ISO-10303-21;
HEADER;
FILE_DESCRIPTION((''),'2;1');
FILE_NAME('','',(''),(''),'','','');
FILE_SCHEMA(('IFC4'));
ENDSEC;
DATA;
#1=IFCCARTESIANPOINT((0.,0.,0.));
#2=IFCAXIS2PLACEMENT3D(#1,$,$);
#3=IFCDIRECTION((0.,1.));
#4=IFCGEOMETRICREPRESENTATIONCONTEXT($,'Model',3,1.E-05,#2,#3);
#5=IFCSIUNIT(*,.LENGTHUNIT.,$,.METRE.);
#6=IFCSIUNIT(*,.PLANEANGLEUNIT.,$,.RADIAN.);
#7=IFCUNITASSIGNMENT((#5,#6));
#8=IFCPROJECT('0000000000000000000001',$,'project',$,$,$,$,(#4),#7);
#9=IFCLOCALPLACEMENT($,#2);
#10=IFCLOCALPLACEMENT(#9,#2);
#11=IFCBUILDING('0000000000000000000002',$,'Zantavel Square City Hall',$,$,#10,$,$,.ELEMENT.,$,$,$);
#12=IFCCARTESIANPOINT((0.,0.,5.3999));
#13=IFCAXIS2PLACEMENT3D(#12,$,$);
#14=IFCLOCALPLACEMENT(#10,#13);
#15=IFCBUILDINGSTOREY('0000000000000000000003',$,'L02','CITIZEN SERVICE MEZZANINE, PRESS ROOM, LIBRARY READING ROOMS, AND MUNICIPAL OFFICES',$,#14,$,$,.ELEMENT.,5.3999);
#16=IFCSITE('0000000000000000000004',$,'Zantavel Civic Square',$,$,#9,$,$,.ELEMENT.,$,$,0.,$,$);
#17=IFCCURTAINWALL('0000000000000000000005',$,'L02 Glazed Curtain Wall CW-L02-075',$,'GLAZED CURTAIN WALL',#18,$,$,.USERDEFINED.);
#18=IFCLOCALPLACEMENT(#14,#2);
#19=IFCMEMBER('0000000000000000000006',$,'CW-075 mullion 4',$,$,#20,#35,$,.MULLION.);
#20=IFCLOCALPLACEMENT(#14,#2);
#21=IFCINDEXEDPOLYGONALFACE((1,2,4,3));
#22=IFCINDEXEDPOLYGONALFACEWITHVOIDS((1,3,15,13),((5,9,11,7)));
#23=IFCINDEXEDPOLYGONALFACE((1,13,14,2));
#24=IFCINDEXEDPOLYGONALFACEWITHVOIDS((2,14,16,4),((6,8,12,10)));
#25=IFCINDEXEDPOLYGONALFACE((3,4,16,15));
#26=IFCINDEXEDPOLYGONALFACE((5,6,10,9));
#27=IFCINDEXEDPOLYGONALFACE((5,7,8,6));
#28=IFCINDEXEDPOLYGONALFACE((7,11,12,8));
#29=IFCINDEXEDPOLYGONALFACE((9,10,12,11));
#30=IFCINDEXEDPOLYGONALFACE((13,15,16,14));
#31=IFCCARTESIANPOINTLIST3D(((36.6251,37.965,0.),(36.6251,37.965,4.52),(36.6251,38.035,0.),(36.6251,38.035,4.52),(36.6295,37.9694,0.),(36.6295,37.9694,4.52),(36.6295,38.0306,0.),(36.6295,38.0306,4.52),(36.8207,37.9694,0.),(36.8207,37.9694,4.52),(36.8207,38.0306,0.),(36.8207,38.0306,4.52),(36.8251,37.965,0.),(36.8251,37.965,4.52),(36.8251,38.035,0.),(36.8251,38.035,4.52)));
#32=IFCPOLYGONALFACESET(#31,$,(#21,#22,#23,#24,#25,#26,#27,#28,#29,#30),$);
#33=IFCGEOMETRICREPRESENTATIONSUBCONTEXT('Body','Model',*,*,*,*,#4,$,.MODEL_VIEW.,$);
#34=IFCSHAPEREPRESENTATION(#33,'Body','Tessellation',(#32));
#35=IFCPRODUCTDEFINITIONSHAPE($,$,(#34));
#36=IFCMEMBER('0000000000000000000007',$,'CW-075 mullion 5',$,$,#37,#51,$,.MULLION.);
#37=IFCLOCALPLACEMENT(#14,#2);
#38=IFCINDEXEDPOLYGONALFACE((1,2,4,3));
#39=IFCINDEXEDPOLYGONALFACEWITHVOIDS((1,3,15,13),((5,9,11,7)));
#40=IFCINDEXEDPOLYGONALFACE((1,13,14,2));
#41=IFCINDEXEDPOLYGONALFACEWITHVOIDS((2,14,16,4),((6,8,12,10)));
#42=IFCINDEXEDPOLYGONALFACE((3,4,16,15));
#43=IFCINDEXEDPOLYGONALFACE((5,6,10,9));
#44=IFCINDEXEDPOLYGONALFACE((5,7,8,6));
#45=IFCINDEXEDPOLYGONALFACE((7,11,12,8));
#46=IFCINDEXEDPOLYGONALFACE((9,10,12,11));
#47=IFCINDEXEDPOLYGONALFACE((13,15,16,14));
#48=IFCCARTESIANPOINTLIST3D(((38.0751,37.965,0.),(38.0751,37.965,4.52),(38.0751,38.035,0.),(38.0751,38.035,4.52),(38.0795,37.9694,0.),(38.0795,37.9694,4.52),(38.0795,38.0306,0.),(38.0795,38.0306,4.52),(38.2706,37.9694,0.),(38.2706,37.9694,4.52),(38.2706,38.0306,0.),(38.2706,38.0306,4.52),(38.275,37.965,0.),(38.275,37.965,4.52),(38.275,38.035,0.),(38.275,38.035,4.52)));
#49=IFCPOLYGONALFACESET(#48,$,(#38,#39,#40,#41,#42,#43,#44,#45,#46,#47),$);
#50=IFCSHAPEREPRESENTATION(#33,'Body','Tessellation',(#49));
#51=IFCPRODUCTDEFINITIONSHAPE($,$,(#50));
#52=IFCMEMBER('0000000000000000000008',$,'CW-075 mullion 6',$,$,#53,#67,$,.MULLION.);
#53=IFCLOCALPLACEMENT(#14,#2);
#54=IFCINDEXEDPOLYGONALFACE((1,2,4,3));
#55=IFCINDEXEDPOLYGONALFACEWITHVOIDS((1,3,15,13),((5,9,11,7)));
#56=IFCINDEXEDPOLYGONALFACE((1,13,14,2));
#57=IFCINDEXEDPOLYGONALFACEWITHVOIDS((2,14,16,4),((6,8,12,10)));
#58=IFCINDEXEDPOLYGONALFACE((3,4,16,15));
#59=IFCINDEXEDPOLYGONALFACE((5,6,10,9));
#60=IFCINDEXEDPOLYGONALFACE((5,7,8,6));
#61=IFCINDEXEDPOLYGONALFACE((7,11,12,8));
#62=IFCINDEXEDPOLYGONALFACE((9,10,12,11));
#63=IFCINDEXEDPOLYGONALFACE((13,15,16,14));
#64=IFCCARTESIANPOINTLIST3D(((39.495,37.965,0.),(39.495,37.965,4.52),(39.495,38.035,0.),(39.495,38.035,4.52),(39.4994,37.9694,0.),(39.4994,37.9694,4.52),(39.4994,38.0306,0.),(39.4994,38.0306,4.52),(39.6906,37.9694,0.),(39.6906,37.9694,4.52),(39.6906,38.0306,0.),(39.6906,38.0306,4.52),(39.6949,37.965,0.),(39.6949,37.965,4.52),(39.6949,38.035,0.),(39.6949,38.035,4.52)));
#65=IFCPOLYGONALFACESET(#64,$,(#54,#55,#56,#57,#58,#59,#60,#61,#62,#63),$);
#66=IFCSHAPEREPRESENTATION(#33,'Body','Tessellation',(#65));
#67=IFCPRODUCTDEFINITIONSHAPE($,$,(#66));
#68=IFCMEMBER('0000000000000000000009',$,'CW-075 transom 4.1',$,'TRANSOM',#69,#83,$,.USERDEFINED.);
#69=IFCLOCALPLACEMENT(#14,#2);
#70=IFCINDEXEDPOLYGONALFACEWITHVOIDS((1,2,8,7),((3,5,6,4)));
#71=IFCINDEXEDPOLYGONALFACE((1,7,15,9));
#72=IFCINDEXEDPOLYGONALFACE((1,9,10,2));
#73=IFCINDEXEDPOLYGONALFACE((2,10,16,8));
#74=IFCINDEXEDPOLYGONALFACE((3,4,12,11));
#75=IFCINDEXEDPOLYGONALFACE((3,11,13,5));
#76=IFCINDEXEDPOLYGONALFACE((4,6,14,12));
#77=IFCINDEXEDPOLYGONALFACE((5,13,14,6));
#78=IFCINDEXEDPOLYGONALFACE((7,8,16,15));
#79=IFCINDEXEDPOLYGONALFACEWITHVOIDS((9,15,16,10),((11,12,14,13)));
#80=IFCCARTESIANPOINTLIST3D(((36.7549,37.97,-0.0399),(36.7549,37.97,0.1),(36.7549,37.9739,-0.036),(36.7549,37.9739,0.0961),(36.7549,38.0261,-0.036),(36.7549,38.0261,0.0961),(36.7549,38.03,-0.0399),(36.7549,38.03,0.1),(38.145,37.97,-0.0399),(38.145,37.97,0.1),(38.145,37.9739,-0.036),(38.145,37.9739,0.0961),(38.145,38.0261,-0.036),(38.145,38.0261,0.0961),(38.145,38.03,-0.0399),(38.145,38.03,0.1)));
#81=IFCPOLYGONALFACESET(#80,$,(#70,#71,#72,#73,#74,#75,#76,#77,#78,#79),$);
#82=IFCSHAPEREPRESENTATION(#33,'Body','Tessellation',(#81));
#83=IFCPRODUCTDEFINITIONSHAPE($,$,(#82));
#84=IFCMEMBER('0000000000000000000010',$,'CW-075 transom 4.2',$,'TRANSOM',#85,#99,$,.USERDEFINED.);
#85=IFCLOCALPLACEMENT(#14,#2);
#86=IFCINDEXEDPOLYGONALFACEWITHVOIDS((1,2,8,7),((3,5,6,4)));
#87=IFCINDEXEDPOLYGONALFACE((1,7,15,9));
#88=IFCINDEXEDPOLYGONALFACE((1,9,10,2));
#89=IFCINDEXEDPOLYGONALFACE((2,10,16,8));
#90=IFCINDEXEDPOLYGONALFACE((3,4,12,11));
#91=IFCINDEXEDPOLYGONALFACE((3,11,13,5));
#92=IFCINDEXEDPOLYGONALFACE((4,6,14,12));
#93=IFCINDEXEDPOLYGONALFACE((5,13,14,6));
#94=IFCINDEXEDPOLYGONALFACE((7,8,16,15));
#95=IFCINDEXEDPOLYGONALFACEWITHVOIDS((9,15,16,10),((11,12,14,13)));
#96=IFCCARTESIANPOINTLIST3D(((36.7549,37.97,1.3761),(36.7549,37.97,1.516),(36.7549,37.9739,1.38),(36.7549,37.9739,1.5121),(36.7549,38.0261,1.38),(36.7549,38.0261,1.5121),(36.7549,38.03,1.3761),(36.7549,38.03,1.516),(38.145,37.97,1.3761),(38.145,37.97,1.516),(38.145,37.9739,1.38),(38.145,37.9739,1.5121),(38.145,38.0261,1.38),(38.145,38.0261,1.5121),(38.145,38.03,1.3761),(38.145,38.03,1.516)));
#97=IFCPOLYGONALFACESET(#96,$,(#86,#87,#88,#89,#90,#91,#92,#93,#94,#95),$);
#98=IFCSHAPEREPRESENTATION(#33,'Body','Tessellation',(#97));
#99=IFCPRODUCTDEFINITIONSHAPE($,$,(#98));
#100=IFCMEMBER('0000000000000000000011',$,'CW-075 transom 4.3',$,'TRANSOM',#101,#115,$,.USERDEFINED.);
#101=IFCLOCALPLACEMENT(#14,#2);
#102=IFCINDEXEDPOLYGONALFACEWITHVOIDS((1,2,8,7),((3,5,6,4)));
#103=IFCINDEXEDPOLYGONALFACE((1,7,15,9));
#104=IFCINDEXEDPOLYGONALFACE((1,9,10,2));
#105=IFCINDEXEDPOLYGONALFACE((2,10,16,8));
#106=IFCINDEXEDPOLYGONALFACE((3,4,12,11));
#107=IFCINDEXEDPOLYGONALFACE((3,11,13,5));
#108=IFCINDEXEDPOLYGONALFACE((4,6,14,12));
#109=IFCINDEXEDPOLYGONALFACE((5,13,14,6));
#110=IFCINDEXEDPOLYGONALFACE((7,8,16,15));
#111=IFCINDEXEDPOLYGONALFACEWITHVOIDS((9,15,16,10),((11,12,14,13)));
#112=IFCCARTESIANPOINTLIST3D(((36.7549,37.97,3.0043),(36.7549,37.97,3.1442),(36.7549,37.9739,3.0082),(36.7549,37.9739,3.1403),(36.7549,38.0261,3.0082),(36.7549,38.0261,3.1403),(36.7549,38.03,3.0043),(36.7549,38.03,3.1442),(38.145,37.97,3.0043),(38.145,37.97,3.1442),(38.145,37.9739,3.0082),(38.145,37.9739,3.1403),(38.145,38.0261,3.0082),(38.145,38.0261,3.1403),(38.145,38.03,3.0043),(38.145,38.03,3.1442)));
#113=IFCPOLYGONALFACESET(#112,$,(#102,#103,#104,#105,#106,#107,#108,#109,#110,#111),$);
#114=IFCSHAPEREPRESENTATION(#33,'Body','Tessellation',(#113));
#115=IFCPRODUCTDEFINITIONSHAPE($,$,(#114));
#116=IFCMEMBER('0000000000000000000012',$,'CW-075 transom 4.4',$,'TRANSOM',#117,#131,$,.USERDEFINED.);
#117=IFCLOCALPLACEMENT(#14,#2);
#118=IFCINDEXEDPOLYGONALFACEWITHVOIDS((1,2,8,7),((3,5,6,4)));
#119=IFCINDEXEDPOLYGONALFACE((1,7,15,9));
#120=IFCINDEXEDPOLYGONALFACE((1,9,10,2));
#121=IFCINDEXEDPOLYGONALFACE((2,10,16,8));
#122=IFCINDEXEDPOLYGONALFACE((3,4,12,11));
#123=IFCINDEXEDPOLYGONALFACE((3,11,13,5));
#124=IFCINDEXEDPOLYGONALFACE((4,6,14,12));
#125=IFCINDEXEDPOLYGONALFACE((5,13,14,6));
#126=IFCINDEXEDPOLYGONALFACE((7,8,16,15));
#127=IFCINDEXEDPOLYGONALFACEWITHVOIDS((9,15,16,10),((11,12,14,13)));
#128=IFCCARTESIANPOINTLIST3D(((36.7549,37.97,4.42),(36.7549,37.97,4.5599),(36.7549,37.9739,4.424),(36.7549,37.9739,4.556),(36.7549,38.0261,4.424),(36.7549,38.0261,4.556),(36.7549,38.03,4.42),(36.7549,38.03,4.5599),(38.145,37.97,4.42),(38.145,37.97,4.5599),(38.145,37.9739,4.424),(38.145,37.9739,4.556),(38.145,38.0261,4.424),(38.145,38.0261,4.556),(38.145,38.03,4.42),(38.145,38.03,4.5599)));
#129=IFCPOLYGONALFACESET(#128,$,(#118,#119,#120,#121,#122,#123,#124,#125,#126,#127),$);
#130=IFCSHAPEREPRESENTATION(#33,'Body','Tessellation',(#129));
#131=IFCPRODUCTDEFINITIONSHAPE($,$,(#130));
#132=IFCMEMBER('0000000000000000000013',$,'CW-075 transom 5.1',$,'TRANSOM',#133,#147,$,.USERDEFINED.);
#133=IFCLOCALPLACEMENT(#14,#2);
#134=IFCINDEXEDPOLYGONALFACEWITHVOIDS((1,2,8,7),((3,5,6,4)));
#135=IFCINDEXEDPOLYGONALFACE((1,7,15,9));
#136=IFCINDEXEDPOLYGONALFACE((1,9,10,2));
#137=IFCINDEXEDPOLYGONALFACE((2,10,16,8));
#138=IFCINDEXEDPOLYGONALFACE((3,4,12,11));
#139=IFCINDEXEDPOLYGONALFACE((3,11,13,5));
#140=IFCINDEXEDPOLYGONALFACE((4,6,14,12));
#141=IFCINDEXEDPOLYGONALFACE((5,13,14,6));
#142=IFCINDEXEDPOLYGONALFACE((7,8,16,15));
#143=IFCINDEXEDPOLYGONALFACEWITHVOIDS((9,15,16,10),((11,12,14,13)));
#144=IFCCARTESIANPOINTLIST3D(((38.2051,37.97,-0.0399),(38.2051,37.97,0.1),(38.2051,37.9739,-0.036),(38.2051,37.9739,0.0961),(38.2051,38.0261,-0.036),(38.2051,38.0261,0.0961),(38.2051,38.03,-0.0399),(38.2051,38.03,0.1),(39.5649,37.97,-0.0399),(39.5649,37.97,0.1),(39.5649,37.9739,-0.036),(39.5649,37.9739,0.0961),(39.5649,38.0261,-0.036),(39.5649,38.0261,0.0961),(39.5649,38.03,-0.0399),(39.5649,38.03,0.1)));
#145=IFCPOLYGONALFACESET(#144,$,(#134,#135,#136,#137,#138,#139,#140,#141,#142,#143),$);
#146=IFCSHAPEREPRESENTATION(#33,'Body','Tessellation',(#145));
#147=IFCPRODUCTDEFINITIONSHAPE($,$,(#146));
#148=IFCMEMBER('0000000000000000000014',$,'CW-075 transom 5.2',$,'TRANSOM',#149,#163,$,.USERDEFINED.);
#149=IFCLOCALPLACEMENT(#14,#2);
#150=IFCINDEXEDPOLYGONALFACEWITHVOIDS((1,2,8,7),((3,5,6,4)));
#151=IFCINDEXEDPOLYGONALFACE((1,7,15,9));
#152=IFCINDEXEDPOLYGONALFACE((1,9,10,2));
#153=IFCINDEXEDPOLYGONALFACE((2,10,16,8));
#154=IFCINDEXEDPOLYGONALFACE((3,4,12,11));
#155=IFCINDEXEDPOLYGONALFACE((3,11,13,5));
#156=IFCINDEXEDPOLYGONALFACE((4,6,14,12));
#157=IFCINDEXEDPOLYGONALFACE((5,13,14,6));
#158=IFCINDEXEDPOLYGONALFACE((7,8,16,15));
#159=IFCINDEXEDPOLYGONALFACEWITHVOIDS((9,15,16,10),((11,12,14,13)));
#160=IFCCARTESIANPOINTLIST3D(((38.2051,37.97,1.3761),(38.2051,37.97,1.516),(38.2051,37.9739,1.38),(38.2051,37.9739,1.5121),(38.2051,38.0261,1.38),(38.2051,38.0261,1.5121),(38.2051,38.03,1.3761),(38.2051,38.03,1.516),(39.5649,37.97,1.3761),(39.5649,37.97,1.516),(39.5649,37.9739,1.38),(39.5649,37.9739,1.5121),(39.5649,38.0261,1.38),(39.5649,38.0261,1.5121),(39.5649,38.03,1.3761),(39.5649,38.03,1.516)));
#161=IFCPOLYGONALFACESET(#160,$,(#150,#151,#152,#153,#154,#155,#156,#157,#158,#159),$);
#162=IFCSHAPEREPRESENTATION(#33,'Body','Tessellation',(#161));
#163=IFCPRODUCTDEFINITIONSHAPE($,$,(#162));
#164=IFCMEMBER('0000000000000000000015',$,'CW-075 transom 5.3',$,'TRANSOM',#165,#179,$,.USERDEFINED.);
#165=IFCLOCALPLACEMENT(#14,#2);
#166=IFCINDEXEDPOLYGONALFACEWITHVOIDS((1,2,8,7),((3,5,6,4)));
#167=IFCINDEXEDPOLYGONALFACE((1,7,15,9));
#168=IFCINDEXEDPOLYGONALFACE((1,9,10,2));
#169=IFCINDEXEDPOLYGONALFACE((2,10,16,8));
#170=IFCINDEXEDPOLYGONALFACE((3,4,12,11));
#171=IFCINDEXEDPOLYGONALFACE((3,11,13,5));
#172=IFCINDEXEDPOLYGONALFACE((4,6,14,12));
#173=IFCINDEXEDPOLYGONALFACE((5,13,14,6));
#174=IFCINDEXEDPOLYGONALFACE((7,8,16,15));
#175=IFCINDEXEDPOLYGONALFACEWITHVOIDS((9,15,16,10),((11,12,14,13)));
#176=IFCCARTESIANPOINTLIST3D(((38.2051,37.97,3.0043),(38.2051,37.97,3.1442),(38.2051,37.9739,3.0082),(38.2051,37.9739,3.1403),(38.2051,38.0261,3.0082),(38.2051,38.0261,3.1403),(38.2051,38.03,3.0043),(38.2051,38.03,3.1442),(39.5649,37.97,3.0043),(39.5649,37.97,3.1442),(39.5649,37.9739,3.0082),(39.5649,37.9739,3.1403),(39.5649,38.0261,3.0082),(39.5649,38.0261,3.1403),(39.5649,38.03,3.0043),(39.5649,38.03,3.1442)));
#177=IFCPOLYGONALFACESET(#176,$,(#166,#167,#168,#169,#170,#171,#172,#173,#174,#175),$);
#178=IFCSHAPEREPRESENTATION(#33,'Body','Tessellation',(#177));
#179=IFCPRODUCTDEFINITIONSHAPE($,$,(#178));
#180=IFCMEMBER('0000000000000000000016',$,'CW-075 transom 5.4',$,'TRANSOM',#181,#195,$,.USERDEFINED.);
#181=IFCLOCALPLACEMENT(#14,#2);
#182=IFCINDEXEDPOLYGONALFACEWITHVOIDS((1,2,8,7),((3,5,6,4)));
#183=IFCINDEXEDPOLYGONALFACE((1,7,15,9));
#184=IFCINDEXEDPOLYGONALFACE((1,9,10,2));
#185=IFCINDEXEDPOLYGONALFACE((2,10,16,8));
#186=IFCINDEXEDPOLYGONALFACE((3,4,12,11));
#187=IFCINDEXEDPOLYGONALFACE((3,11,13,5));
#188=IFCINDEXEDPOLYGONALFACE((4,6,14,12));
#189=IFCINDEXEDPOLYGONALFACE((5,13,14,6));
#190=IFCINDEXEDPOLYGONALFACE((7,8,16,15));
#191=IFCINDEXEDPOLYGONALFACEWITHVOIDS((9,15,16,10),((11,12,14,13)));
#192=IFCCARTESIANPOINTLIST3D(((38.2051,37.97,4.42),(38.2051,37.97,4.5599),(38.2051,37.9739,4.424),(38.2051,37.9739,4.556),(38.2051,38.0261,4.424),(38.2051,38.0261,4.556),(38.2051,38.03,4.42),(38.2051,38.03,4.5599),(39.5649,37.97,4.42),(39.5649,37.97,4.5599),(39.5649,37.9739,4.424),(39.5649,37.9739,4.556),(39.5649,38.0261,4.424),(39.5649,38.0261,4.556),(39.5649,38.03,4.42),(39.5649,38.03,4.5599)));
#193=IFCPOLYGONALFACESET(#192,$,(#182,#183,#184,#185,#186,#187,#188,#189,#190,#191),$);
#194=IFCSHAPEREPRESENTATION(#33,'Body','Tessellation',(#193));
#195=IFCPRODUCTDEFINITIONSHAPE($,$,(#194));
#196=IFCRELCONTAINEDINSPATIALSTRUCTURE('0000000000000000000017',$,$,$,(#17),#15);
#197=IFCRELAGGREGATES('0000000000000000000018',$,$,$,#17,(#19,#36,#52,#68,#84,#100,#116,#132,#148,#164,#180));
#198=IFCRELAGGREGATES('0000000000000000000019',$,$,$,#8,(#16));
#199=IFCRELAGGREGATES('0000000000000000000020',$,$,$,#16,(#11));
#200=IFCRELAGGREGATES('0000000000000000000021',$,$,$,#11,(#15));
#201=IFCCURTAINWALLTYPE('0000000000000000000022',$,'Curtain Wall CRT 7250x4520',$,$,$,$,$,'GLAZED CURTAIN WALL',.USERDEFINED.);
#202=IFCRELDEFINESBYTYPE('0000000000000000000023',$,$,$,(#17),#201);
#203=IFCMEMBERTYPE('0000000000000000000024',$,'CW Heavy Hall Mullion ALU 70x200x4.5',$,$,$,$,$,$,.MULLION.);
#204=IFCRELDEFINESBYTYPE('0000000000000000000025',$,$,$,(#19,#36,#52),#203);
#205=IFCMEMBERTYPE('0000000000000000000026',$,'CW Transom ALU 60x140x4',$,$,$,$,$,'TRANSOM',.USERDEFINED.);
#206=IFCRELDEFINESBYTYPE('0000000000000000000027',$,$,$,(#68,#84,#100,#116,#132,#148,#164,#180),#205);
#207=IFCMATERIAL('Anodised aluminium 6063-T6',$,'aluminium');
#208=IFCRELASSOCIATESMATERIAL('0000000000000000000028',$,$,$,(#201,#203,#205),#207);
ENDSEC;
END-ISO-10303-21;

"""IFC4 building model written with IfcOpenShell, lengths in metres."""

from ifc_helpers import new_model, si_unit, direction, frame, origin, origin_2d, place, context, subcontext, project, spatial, hollow_rectangle, extrude, material, material_profile, profile_set, type_object, element, aggregate, save


model = new_model("IFC4")

# Units and contexts
model_context = context("Model", 3, precision=1e-05, world=origin(), true_north=direction((0.0, 1.0)))
body_context = subcontext(model_context, "Body", "Model", "MODEL_VIEW")
ifc_project = project(units=[si_unit("LENGTHUNIT", "METRE"), si_unit("PLANEANGLEUNIT", "RADIAN")], contexts=[model_context])

# Site, building, storey
site_placement = place(None, origin())
site = spatial("IfcSite", under=ifc_project, at=site_placement, Name="Zantavel Civic Square", CompositionType="ELEMENT", RefElevation=0.0)
building_placement = place(site_placement, origin())
building = spatial("IfcBuilding", under=site, at=building_placement, Name="Zantavel Square City Hall", CompositionType="ELEMENT")
storey_placement = place(building_placement, frame((0.0, 0.0, 5.3999)))
storey = spatial("IfcBuildingStorey", under=building, at=storey_placement, Name="L02", Description="CITIZEN SERVICE MEZZANINE, PRESS ROOM, LIBRARY READING ROOMS, AND MUNICIPAL OFFICES", CompositionType="ELEMENT", Elevation=5.3999)

# Curtain wall, members
ifc_material_1 = material(Name="Anodised aluminium 6063-T6", Category="aluminium")
curtain_wall_type = type_object("IfcCurtainWallType", Name="Curtain Wall CRT 7250x4520", ElementType="GLAZED CURTAIN WALL", PredefinedType="USERDEFINED", material=ifc_material_1)
curtain_wall_placement = place(storey_placement, origin())
curtain_wall = element("IfcCurtainWall", 1, at=curtain_wall_placement, inside=storey, type_object=curtain_wall_type, Name="L02 Glazed Curtain Wall CW-L02-075", ObjectType="GLAZED CURTAIN WALL", PredefinedType="USERDEFINED")
ifc_material_profile_1 = material_profile(ifc_material_1, hollow_rectangle(XDim=0.0701, YDim=0.2, WallThickness=0.0044, at=origin_2d()), Name="ALU 70x200x4.5")
ifc_profile_set_1 = profile_set([ifc_material_profile_1], Name="Anodised aluminium 6063-T6")
member_type_1 = type_object("IfcMemberType", Name="CW Heavy Hall Mullion ALU 70x200x4.5", PredefinedType="MULLION", material=ifc_profile_set_1)
member_1_placement = place(storey_placement, frame((36.7251, 38.0, 0.0), z_axis=(0.0, 0.0, 1.0), x_axis=(0.0, 1.0, 0.0)))
member_1 = element("IfcMember", 2, at=member_1_placement, type_object=member_type_1, Name="CW-075 mullion 4", PredefinedType="MULLION", context=body_context, shape_type="SweptSolid", body=[
    extrude(hollow_rectangle(XDim=0.0701, YDim=0.2, WallThickness=0.0044, at=origin_2d()), origin(), (0.0, 0.0, 1.0), 4.52),
])
member_2_placement = place(storey_placement, frame((38.175, 38.0, 0.0), z_axis=(0.0, 0.0, 1.0), x_axis=(0.0, 1.0, 0.0)))
member_2 = element("IfcMember", 3, at=member_2_placement, type_object=member_type_1, Name="CW-075 mullion 5", PredefinedType="MULLION", context=body_context, shape_type="SweptSolid", body=[
    extrude(hollow_rectangle(XDim=0.0701, YDim=0.2, WallThickness=0.0044, at=origin_2d()), origin(), (0.0, 0.0, 1.0), 4.52),
])
member_3_placement = place(storey_placement, frame((39.595, 38.0, 0.0), z_axis=(0.0, 0.0, 1.0), x_axis=(0.0, 1.0, 0.0)))
member_3 = element("IfcMember", 4, at=member_3_placement, type_object=member_type_1, Name="CW-075 mullion 6", PredefinedType="MULLION", context=body_context, shape_type="SweptSolid", body=[
    extrude(hollow_rectangle(XDim=0.0701, YDim=0.2, WallThickness=0.0044, at=origin_2d()), origin(), (0.0, 0.0, 1.0), 4.52),
])
ifc_material_profile_2 = material_profile(ifc_material_1, hollow_rectangle(XDim=0.0601, YDim=0.1399, WallThickness=0.0039, at=origin_2d()), Name="ALU 60x140x4")
ifc_profile_set_2 = profile_set([ifc_material_profile_2], Name="Anodised aluminium 6063-T6")
member_type_2 = type_object("IfcMemberType", Name="CW Transom ALU 60x140x4", ElementType="TRANSOM", PredefinedType="USERDEFINED", material=ifc_profile_set_2)
member_4_placement = place(storey_placement, frame((36.7549, 38.0, 0.03), z_axis=(1.0, 0.0, 0.0), x_axis=(0.0, 1.0, 0.0)))
member_4 = element("IfcMember", 5, at=member_4_placement, type_object=member_type_2, Name="CW-075 transom 4.1", ObjectType="TRANSOM", PredefinedType="USERDEFINED", context=body_context, shape_type="SweptSolid", body=[
    extrude(hollow_rectangle(XDim=0.0601, YDim=0.1399, WallThickness=0.0039, at=origin_2d()), origin(), (0.0, 0.0, 1.0), 1.3901),
])
member_5_placement = place(storey_placement, frame((36.7549, 38.0, 1.446), z_axis=(1.0, 0.0, 0.0), x_axis=(0.0, 1.0, 0.0)))
member_5 = element("IfcMember", 6, at=member_5_placement, type_object=member_type_2, Name="CW-075 transom 4.2", ObjectType="TRANSOM", PredefinedType="USERDEFINED", context=body_context, shape_type="SweptSolid", body=[
    extrude(hollow_rectangle(XDim=0.0601, YDim=0.1399, WallThickness=0.0039, at=origin_2d()), origin(), (0.0, 0.0, 1.0), 1.3901),
])
member_6_placement = place(storey_placement, frame((36.7549, 38.0, 3.0742), z_axis=(1.0, 0.0, 0.0), x_axis=(0.0, 1.0, 0.0)))
member_6 = element("IfcMember", 7, at=member_6_placement, type_object=member_type_2, Name="CW-075 transom 4.3", ObjectType="TRANSOM", PredefinedType="USERDEFINED", context=body_context, shape_type="SweptSolid", body=[
    extrude(hollow_rectangle(XDim=0.0601, YDim=0.1399, WallThickness=0.0039, at=origin_2d()), origin(), (0.0, 0.0, 1.0), 1.3901),
])
member_7_placement = place(storey_placement, frame((36.7549, 38.0, 4.49), z_axis=(1.0, 0.0, 0.0), x_axis=(0.0, 1.0, 0.0)))
member_7 = element("IfcMember", 8, at=member_7_placement, type_object=member_type_2, Name="CW-075 transom 4.4", ObjectType="TRANSOM", PredefinedType="USERDEFINED", context=body_context, shape_type="SweptSolid", body=[
    extrude(hollow_rectangle(XDim=0.0601, YDim=0.1399, WallThickness=0.0039, at=origin_2d()), origin(), (0.0, 0.0, 1.0), 1.3901),
])
member_8_placement = place(storey_placement, frame((38.2051, 38.0, 0.03), z_axis=(1.0, 0.0, 0.0), x_axis=(0.0, 1.0, 0.0)))
member_8 = element("IfcMember", 9, at=member_8_placement, type_object=member_type_2, Name="CW-075 transom 5.1", ObjectType="TRANSOM", PredefinedType="USERDEFINED", context=body_context, shape_type="SweptSolid", body=[
    extrude(hollow_rectangle(XDim=0.0601, YDim=0.1399, WallThickness=0.0039, at=origin_2d()), origin(), (0.0, 0.0, 1.0), 1.3599),
])
member_9_placement = place(storey_placement, frame((38.2051, 38.0, 1.446), z_axis=(1.0, 0.0, 0.0), x_axis=(0.0, 1.0, 0.0)))
member_9 = element("IfcMember", 10, at=member_9_placement, type_object=member_type_2, Name="CW-075 transom 5.2", ObjectType="TRANSOM", PredefinedType="USERDEFINED", context=body_context, shape_type="SweptSolid", body=[
    extrude(hollow_rectangle(XDim=0.0601, YDim=0.1399, WallThickness=0.0039, at=origin_2d()), origin(), (0.0, 0.0, 1.0), 1.3599),
])
member_10_placement = place(storey_placement, frame((38.2051, 38.0, 3.0742), z_axis=(1.0, 0.0, 0.0), x_axis=(0.0, 1.0, 0.0)))
member_10 = element("IfcMember", 11, at=member_10_placement, type_object=member_type_2, Name="CW-075 transom 5.3", ObjectType="TRANSOM", PredefinedType="USERDEFINED", context=body_context, shape_type="SweptSolid", body=[
    extrude(hollow_rectangle(XDim=0.0601, YDim=0.1399, WallThickness=0.0039, at=origin_2d()), origin(), (0.0, 0.0, 1.0), 1.3599),
])
member_11_placement = place(storey_placement, frame((38.2051, 38.0, 4.49), z_axis=(1.0, 0.0, 0.0), x_axis=(0.0, 1.0, 0.0)))
member_11 = element("IfcMember", 12, at=member_11_placement, type_object=member_type_2, Name="CW-075 transom 5.4", ObjectType="TRANSOM", PredefinedType="USERDEFINED", context=body_context, shape_type="SweptSolid", body=[
    extrude(hollow_rectangle(XDim=0.0601, YDim=0.1399, WallThickness=0.0039, at=origin_2d()), origin(), (0.0, 0.0, 1.0), 1.3599),
])
aggregate(curtain_wall, [member_1, member_2, member_3, member_4, member_5, member_6, member_7, member_8, member_9, member_10, member_11])

save(model, "model.ifc")
